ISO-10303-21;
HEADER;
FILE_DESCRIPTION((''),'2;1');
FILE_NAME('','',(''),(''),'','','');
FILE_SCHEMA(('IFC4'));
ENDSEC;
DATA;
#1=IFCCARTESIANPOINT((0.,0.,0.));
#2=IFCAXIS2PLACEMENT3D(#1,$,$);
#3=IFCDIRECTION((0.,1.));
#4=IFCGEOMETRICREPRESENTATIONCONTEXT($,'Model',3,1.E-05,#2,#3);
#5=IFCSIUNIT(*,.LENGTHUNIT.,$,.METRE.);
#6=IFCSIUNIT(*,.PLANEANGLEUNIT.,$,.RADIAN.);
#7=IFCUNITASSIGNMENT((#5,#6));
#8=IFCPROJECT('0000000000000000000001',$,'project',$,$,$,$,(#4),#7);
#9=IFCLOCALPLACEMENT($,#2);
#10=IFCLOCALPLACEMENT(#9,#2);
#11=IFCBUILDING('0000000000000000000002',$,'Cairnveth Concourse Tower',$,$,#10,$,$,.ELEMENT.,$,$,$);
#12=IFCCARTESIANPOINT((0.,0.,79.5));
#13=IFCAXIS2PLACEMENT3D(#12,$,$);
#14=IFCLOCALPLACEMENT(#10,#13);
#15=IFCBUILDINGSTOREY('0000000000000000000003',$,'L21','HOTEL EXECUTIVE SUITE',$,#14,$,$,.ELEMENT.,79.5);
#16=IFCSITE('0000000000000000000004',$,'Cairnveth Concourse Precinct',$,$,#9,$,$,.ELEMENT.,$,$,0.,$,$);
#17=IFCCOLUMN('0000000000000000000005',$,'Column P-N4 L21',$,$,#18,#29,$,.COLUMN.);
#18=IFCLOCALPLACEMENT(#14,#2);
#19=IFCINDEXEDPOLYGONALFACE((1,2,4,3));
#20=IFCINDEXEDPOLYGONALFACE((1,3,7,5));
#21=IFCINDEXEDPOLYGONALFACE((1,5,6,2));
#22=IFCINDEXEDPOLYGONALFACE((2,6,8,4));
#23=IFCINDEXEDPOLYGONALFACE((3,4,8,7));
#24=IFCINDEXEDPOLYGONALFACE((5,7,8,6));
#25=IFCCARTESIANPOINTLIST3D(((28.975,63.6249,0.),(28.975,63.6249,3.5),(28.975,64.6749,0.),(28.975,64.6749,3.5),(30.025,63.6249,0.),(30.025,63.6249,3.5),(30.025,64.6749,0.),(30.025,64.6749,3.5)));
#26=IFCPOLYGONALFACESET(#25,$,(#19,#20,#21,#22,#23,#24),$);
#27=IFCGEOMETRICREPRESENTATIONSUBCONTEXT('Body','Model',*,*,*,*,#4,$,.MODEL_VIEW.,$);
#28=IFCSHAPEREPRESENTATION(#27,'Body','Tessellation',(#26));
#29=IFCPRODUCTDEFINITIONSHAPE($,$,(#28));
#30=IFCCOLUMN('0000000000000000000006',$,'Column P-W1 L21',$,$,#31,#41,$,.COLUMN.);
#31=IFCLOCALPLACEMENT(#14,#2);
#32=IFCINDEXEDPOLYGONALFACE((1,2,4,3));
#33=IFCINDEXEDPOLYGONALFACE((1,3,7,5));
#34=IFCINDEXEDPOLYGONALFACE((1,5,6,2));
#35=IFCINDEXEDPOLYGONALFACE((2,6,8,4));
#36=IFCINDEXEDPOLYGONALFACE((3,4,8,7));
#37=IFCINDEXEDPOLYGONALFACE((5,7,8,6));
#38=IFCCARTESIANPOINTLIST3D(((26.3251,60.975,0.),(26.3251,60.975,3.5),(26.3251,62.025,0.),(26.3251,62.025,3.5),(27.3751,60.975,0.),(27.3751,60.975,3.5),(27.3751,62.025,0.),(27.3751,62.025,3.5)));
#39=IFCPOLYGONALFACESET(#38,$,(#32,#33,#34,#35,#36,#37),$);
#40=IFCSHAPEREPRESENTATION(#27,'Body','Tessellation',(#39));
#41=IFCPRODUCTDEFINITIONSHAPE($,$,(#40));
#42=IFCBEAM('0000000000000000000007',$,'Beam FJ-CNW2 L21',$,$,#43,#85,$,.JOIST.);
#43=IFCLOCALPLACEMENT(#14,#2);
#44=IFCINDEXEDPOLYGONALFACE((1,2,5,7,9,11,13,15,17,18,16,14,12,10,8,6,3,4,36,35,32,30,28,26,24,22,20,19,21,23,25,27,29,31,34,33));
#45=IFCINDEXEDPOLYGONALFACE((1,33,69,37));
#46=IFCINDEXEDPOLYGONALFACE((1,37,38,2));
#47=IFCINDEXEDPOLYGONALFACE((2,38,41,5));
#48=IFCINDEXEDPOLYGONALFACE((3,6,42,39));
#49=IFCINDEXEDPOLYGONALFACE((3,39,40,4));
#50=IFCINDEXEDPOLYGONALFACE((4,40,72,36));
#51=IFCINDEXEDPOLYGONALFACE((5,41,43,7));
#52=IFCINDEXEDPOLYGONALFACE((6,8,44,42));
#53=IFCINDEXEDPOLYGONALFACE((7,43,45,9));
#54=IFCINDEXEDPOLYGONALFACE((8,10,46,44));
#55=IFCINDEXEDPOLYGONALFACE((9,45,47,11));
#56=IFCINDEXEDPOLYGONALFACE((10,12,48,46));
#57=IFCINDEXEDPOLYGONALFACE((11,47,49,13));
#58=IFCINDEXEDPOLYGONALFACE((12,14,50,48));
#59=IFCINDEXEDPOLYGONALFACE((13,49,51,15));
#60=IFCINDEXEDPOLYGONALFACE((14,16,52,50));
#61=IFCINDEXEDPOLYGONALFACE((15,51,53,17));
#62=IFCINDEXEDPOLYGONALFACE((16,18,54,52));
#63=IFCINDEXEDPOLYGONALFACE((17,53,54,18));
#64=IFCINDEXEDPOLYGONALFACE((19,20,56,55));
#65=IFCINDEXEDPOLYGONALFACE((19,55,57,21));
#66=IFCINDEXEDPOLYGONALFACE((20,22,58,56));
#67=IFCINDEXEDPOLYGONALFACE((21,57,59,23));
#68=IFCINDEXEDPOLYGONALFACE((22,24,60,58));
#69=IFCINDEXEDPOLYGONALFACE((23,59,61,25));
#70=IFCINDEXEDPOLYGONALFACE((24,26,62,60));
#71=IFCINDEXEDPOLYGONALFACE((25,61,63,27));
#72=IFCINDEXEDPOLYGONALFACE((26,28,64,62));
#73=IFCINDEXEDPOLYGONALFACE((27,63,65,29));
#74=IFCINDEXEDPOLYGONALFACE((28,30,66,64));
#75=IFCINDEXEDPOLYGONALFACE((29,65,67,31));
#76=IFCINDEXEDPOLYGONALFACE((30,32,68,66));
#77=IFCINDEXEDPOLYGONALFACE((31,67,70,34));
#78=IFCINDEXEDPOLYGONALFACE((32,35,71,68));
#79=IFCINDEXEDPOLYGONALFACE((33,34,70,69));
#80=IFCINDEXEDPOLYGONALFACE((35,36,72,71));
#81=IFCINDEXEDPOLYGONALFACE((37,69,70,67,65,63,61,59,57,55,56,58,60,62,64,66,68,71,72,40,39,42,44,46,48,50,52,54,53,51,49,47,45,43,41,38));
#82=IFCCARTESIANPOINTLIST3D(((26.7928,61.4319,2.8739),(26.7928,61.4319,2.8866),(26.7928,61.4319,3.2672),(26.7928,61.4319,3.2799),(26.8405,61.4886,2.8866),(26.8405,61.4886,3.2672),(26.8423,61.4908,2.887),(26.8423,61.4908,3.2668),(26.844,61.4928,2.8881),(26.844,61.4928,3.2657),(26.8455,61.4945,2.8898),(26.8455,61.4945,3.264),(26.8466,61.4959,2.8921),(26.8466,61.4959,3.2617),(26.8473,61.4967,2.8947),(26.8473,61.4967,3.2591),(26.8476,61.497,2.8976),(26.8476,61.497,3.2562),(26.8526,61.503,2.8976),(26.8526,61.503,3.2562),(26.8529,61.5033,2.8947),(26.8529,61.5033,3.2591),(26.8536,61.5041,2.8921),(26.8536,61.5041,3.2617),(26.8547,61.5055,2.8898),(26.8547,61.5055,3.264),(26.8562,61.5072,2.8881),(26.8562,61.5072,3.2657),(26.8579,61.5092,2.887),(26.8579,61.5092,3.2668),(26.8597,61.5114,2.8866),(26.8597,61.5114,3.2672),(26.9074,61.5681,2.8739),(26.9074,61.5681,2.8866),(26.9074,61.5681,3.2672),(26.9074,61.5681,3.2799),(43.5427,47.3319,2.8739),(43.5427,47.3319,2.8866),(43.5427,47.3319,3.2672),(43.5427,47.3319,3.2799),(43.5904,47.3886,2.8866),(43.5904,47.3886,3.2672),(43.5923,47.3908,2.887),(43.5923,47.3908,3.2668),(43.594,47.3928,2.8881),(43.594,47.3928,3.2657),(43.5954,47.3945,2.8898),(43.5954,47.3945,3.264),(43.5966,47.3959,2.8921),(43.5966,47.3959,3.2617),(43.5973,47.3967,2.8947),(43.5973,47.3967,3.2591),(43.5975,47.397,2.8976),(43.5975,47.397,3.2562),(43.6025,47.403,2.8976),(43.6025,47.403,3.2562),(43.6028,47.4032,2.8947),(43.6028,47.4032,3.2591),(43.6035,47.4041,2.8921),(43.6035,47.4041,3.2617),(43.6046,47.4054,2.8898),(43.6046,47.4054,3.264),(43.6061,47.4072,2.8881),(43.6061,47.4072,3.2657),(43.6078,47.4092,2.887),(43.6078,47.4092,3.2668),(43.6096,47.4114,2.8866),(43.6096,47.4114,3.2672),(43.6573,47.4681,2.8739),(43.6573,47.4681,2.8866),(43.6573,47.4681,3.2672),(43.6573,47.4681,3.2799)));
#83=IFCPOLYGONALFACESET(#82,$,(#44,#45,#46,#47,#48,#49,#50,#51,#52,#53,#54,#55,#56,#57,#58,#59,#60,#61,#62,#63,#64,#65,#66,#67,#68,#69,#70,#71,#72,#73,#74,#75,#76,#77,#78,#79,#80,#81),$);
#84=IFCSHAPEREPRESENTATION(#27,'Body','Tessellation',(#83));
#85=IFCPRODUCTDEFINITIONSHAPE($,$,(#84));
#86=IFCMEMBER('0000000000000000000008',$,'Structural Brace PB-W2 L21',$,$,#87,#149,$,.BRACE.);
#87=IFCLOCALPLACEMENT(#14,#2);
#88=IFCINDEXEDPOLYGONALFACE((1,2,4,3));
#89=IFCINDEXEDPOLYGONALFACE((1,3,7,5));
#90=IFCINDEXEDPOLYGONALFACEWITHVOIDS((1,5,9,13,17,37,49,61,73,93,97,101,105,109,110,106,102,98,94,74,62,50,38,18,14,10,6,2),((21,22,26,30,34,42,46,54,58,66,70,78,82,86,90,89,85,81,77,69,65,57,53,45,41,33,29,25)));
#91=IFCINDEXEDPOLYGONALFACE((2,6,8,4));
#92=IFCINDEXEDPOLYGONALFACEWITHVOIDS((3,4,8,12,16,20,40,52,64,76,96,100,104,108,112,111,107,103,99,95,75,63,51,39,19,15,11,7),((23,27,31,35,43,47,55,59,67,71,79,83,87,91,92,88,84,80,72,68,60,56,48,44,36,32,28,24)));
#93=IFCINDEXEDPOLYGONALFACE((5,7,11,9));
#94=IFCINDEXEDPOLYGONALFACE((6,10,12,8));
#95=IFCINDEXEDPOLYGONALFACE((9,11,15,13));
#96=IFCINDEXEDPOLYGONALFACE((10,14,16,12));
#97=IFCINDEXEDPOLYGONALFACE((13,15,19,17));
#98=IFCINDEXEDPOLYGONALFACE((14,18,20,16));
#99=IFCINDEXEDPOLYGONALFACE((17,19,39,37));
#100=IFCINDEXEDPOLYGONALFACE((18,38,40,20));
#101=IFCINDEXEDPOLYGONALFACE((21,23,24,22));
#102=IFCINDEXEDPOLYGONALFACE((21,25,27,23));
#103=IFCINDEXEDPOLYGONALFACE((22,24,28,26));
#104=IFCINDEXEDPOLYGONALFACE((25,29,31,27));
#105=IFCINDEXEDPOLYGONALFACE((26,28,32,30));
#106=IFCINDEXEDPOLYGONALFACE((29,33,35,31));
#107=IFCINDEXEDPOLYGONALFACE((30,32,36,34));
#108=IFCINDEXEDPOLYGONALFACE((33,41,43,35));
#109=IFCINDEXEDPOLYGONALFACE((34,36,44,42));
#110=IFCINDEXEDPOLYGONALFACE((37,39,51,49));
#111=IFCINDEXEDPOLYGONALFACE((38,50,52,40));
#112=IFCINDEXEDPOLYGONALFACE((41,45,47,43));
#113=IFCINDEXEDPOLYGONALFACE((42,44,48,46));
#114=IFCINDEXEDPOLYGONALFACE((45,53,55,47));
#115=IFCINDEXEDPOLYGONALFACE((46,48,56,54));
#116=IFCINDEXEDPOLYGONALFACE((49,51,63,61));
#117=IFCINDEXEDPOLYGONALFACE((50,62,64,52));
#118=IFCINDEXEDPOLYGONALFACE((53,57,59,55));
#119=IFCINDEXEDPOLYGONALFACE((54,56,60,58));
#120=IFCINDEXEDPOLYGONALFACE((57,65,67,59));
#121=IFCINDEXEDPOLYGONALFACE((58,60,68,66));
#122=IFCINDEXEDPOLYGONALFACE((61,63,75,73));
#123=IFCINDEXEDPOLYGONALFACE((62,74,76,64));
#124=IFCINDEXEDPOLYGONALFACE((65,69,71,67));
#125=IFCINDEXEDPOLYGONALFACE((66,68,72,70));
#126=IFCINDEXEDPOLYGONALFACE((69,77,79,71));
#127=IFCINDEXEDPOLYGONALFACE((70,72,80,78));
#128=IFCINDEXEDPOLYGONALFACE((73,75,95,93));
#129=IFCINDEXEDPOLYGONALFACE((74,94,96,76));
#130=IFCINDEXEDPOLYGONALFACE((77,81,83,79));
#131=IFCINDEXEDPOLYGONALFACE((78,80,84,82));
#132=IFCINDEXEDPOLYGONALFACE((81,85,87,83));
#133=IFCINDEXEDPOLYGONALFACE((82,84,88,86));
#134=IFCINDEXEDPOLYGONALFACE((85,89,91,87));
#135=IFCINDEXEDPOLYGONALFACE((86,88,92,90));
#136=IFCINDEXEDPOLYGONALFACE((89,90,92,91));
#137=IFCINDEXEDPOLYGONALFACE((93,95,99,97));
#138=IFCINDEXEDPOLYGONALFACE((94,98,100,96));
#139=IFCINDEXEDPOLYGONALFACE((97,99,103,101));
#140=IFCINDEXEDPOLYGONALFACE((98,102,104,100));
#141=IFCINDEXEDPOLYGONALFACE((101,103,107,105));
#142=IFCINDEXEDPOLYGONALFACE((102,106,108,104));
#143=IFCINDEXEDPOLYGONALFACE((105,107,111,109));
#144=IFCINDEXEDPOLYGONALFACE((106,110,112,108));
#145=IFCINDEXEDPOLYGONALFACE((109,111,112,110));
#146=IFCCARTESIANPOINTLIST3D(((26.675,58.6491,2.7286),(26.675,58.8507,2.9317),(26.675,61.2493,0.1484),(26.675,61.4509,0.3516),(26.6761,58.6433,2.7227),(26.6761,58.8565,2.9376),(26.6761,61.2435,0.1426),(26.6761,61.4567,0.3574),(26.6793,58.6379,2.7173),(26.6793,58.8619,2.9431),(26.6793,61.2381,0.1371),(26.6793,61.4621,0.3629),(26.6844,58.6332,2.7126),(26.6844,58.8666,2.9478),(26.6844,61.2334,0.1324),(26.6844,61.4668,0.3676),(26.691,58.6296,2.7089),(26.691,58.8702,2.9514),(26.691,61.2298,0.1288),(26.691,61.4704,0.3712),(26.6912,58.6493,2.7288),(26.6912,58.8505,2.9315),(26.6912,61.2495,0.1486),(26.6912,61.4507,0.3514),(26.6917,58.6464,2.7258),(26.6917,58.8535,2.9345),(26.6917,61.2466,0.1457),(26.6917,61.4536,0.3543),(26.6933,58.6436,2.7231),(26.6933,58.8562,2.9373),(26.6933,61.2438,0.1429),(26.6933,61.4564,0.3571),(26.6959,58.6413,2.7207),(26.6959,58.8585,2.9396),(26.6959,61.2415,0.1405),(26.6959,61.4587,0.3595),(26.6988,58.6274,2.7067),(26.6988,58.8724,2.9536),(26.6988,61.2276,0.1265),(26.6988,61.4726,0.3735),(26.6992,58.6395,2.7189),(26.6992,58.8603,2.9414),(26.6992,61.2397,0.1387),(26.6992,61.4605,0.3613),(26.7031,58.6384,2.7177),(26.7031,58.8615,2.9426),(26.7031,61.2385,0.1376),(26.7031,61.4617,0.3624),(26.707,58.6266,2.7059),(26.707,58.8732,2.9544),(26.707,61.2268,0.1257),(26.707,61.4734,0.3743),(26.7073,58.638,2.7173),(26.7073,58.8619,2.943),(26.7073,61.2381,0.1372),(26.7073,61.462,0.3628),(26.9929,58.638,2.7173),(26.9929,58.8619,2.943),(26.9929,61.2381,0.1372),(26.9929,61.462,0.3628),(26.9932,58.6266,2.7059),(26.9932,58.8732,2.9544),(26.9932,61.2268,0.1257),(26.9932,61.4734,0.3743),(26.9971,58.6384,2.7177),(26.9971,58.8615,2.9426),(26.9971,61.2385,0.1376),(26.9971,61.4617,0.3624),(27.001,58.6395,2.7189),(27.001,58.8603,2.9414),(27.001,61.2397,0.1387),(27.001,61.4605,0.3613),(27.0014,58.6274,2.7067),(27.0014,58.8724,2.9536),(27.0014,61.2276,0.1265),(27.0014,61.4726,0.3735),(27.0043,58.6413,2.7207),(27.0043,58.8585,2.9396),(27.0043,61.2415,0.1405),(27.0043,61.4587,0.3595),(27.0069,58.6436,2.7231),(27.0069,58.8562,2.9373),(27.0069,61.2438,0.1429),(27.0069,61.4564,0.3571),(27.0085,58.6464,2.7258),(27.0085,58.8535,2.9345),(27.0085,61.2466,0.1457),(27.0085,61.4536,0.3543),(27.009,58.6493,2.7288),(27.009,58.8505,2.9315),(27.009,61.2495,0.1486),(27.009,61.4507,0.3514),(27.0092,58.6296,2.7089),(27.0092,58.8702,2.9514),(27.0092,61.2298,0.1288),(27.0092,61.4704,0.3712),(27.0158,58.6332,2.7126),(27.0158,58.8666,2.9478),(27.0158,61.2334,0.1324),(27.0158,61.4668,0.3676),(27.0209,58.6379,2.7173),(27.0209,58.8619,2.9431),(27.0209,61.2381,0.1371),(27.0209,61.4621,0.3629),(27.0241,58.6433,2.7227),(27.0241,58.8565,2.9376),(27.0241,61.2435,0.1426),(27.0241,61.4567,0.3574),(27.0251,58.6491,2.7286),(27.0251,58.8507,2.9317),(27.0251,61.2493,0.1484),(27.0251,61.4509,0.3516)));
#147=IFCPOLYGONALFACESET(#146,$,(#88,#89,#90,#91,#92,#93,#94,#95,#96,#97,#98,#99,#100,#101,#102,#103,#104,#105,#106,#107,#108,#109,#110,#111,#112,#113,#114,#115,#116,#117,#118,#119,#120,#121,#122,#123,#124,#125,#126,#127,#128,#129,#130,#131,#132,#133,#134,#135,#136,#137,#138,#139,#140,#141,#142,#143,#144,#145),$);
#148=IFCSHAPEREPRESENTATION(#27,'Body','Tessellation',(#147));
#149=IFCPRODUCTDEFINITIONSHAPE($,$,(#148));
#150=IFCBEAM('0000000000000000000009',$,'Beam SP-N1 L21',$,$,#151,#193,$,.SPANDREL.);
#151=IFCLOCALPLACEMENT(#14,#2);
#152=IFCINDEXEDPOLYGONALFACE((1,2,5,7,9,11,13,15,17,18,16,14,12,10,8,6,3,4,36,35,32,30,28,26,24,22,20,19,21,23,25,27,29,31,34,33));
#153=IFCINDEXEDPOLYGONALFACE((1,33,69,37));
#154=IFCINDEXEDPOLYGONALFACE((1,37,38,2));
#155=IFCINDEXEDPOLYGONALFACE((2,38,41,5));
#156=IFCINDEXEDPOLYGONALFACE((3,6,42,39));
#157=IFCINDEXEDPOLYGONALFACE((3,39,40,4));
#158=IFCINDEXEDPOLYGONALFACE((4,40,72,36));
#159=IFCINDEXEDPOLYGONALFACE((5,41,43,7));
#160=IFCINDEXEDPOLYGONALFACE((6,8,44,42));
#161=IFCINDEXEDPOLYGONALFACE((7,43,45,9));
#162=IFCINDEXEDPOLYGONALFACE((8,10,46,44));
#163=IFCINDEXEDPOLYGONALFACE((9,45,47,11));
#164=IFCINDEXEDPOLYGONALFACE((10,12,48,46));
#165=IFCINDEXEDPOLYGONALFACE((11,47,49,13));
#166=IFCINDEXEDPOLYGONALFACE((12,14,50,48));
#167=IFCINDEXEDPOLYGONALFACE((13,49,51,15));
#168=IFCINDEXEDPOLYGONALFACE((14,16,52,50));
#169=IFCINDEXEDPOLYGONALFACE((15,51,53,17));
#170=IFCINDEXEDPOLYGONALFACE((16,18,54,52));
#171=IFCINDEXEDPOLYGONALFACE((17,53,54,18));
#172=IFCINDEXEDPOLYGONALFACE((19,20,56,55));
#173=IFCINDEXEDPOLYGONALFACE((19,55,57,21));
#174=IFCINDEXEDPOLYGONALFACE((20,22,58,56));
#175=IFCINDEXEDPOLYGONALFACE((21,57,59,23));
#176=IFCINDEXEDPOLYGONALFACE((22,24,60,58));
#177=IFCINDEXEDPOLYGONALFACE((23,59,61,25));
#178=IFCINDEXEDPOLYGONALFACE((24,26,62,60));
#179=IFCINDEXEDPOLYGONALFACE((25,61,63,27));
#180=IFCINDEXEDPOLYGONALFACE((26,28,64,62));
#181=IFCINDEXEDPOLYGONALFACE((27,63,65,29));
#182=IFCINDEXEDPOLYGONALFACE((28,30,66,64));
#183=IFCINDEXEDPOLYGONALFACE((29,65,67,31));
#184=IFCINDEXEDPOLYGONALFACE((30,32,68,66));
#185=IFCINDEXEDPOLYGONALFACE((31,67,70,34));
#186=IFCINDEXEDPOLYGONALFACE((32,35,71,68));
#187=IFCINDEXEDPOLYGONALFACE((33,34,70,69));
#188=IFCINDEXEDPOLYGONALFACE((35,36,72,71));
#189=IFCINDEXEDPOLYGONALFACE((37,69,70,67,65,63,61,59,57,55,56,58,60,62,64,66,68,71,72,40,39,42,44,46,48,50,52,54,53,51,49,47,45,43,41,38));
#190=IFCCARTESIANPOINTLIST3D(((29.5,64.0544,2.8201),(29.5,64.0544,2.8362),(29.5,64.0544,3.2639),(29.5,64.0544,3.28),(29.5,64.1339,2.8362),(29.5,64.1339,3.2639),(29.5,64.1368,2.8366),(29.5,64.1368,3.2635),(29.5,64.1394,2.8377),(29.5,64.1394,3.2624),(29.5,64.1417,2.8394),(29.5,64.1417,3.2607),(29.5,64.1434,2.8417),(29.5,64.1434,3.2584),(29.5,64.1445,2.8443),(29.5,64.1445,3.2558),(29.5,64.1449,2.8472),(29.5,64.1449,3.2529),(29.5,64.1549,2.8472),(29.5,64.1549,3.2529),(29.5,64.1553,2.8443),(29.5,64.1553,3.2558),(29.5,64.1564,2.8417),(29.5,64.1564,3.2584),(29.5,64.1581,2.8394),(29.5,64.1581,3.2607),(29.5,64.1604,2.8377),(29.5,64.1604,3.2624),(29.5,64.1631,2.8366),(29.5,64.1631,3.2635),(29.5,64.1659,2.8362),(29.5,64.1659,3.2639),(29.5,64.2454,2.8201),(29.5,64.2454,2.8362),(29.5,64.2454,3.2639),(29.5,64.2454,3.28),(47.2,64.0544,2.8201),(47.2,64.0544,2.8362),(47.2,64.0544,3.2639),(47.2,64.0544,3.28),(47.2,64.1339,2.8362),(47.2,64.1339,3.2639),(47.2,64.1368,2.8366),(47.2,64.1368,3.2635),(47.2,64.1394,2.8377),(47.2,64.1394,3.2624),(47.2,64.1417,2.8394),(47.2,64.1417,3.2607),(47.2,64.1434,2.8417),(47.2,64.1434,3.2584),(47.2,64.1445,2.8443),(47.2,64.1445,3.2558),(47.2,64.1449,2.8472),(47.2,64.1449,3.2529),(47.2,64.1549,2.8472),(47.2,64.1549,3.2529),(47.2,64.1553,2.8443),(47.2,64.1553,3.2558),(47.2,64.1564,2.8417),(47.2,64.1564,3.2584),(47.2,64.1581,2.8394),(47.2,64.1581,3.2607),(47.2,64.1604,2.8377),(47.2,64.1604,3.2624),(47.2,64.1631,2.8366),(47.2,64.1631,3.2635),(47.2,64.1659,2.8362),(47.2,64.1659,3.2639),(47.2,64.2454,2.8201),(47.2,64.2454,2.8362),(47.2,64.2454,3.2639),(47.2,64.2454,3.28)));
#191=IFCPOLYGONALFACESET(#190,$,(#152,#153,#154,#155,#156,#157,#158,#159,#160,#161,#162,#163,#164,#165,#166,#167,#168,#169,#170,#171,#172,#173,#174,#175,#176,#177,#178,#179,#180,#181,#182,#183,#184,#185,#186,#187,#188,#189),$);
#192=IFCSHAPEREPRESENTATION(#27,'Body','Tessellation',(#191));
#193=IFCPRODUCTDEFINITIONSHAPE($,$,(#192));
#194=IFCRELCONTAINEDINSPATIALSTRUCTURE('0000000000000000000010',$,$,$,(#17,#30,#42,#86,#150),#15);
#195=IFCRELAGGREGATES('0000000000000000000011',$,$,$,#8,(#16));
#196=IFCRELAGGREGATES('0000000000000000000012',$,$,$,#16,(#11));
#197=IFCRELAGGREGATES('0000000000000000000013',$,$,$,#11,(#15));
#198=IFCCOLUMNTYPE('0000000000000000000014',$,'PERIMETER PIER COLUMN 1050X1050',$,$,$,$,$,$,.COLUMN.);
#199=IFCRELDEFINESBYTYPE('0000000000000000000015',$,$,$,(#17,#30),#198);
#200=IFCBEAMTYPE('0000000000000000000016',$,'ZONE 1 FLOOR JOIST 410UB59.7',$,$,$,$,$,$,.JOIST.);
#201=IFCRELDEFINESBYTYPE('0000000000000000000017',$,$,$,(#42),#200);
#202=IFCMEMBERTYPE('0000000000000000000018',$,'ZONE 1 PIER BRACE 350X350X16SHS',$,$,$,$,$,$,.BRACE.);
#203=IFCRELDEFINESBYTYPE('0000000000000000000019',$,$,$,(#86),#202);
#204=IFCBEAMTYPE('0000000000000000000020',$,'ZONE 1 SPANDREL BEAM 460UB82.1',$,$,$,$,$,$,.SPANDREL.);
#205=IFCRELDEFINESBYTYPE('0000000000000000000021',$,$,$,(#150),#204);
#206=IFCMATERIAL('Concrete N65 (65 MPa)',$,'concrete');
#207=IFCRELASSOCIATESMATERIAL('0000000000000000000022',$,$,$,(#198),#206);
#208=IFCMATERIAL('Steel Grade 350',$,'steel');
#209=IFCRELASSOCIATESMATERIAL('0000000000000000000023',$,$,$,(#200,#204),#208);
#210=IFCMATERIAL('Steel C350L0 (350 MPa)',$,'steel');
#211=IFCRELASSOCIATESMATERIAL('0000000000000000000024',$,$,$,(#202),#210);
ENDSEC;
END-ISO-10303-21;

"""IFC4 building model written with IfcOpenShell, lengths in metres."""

from ifc_helpers import new_model, si_unit, direction, frame, origin, origin_2d, place, context, subcontext, project, spatial, rectangle, hollow_rectangle, i_section, extrude, material, material_profile, profile_set, type_object, element, save


model = new_model("IFC4")

# Units and contexts
model_context = context("Model", 3, precision=1e-05, world=origin(), true_north=direction((0.0, 1.0)))
body_context = subcontext(model_context, "Body", "Model", "MODEL_VIEW")
ifc_project = project(units=[si_unit("LENGTHUNIT", "METRE"), si_unit("PLANEANGLEUNIT", "RADIAN")], contexts=[model_context])

# Site, building, storey
site_placement = place(None, origin())
site = spatial("IfcSite", under=ifc_project, at=site_placement, Name="Cairnveth Concourse Precinct", CompositionType="ELEMENT", RefElevation=0.0)
building_placement = place(site_placement, origin())
building = spatial("IfcBuilding", under=site, at=building_placement, Name="Cairnveth Concourse Tower", CompositionType="ELEMENT")
storey_placement = place(building_placement, frame((0.0, 0.0, 79.5)))
storey = spatial("IfcBuildingStorey", under=building, at=storey_placement, Name="L21", Description="HOTEL EXECUTIVE SUITE", CompositionType="ELEMENT", Elevation=79.5)

# Columns
ifc_material_1 = material(Name="Concrete N65 (65 MPa)", Category="concrete")
ifc_material_profile_1 = material_profile(ifc_material_1, rectangle(XDim=1.05, YDim=1.05, at=origin_2d()), Name="RC-COL-1050x1050")
ifc_profile_set_1 = profile_set([ifc_material_profile_1], Name="Concrete N65 (65 MPa)")
column_type = type_object("IfcColumnType", Name="PERIMETER PIER COLUMN 1050X1050", PredefinedType="COLUMN", material=ifc_profile_set_1)
for number, where, z_axis, x_axis, name in (
    (1, (29.5, 64.1499, 0.0), (0.0, 0.0, 1.0), (1.0, 0.0, 0.0), "Column P-N4 L21"),
    (2, (26.8501, 61.5, 0.0), (0.0, 0.0, 1.0), (0.0, 1.0, 0.0), "Column P-W1 L21"),
):
    element("IfcColumn", number, at=place(storey_placement, frame(where, z_axis=z_axis, x_axis=x_axis)), inside=storey, type_object=column_type, Name=name, PredefinedType="COLUMN", context=body_context, shape_type="SweptSolid", body=[
        extrude(rectangle(XDim=1.05, YDim=1.05, at=origin_2d()), origin(), (0.0, 0.0, 1.0), 3.5),
    ])

# Beam
ifc_material_2 = material(Name="Steel Grade 350", Category="steel")
ifc_material_profile_2 = material_profile(ifc_material_2, i_section(OverallWidth=0.178, OverallDepth=0.406, WebThickness=0.0078, FlangeThickness=0.0127, FilletRadius=0.011, at=origin_2d()), Name="410UB59.7")
ifc_profile_set_2 = profile_set([ifc_material_profile_2], Name="Steel Grade 350")
beam_type_1 = type_object("IfcBeamType", Name="ZONE 1 FLOOR JOIST 410UB59.7", PredefinedType="JOIST", material=ifc_profile_set_2)
beam_1_placement = place(storey_placement, frame((26.8501, 61.5, 3.0769), z_axis=(0.765027, -0.643998, 0.0), x_axis=(0.643998, 0.765027, 0.0)))
element("IfcBeam", 3, at=beam_1_placement, inside=storey, type_object=beam_type_1, Name="Beam FJ-CNW2 L21", PredefinedType="JOIST", context=body_context, shape_type="SweptSolid", body=[
    extrude(i_section(OverallWidth=0.178, OverallDepth=0.406, WebThickness=0.0078, FlangeThickness=0.0127, FilletRadius=0.011, at=origin_2d()), origin(), (0.0, 0.0, 1.0), 21.8945),
])

# Member
ifc_material_3 = material(Name="Steel C350L0 (350 MPa)", Category="steel")
ifc_material_profile_3 = material_profile(ifc_material_3, hollow_rectangle(XDim=0.3501, YDim=0.3501, WallThickness=0.0161, InnerFilletRadius=0.0161, OuterFilletRadius=0.032, at=origin_2d()), Name="350x350x16.0SHS")
ifc_profile_set_3 = profile_set([ifc_material_profile_3], Name="Steel C350L0 (350 MPa)")
member_type = type_object("IfcMemberType", Name="ZONE 1 PIER BRACE 350X350X16SHS", PredefinedType="BRACE", material=ifc_profile_set_3)
member_placement = place(storey_placement, frame((26.8501, 61.3501, 0.25), z_axis=(0.0, -0.709834, 0.704369), x_axis=(1.0, 0.0, 0.0)))
element("IfcMember", 4, at=member_placement, inside=storey, type_object=member_type, Name="Structural Brace PB-W2 L21", PredefinedType="BRACE", context=body_context, shape_type="SweptSolid", body=[
    extrude(hollow_rectangle(XDim=0.3501, YDim=0.3501, WallThickness=0.0161, InnerFilletRadius=0.0161, OuterFilletRadius=0.032, at=origin_2d()), origin(), (0.0, 0.0, 1.0), 3.6631),
])

# Beam
ifc_material_profile_4 = material_profile(ifc_material_2, i_section(OverallWidth=0.1909, OverallDepth=0.46, WebThickness=0.01, FlangeThickness=0.0161, FilletRadius=0.011, at=origin_2d()), Name="460UB82.1")
ifc_profile_set_4 = profile_set([ifc_material_profile_4], Name="Steel Grade 350")
beam_type_2 = type_object("IfcBeamType", Name="ZONE 1 SPANDREL BEAM 460UB82.1", PredefinedType="SPANDREL", material=ifc_profile_set_4)
beam_2_placement = place(storey_placement, frame((29.5, 64.1499, 3.05), z_axis=(1.0, 0.0, 0.0), x_axis=(0.0, 1.0, 0.0)))
element("IfcBeam", 5, at=beam_2_placement, inside=storey, type_object=beam_type_2, Name="Beam SP-N1 L21", PredefinedType="SPANDREL", context=body_context, shape_type="SweptSolid", body=[
    extrude(i_section(OverallWidth=0.1909, OverallDepth=0.46, WebThickness=0.01, FlangeThickness=0.0161, FilletRadius=0.011, at=origin_2d()), origin(), (0.0, 0.0, 1.0), 17.7),
])

save(model, "model.ifc")
